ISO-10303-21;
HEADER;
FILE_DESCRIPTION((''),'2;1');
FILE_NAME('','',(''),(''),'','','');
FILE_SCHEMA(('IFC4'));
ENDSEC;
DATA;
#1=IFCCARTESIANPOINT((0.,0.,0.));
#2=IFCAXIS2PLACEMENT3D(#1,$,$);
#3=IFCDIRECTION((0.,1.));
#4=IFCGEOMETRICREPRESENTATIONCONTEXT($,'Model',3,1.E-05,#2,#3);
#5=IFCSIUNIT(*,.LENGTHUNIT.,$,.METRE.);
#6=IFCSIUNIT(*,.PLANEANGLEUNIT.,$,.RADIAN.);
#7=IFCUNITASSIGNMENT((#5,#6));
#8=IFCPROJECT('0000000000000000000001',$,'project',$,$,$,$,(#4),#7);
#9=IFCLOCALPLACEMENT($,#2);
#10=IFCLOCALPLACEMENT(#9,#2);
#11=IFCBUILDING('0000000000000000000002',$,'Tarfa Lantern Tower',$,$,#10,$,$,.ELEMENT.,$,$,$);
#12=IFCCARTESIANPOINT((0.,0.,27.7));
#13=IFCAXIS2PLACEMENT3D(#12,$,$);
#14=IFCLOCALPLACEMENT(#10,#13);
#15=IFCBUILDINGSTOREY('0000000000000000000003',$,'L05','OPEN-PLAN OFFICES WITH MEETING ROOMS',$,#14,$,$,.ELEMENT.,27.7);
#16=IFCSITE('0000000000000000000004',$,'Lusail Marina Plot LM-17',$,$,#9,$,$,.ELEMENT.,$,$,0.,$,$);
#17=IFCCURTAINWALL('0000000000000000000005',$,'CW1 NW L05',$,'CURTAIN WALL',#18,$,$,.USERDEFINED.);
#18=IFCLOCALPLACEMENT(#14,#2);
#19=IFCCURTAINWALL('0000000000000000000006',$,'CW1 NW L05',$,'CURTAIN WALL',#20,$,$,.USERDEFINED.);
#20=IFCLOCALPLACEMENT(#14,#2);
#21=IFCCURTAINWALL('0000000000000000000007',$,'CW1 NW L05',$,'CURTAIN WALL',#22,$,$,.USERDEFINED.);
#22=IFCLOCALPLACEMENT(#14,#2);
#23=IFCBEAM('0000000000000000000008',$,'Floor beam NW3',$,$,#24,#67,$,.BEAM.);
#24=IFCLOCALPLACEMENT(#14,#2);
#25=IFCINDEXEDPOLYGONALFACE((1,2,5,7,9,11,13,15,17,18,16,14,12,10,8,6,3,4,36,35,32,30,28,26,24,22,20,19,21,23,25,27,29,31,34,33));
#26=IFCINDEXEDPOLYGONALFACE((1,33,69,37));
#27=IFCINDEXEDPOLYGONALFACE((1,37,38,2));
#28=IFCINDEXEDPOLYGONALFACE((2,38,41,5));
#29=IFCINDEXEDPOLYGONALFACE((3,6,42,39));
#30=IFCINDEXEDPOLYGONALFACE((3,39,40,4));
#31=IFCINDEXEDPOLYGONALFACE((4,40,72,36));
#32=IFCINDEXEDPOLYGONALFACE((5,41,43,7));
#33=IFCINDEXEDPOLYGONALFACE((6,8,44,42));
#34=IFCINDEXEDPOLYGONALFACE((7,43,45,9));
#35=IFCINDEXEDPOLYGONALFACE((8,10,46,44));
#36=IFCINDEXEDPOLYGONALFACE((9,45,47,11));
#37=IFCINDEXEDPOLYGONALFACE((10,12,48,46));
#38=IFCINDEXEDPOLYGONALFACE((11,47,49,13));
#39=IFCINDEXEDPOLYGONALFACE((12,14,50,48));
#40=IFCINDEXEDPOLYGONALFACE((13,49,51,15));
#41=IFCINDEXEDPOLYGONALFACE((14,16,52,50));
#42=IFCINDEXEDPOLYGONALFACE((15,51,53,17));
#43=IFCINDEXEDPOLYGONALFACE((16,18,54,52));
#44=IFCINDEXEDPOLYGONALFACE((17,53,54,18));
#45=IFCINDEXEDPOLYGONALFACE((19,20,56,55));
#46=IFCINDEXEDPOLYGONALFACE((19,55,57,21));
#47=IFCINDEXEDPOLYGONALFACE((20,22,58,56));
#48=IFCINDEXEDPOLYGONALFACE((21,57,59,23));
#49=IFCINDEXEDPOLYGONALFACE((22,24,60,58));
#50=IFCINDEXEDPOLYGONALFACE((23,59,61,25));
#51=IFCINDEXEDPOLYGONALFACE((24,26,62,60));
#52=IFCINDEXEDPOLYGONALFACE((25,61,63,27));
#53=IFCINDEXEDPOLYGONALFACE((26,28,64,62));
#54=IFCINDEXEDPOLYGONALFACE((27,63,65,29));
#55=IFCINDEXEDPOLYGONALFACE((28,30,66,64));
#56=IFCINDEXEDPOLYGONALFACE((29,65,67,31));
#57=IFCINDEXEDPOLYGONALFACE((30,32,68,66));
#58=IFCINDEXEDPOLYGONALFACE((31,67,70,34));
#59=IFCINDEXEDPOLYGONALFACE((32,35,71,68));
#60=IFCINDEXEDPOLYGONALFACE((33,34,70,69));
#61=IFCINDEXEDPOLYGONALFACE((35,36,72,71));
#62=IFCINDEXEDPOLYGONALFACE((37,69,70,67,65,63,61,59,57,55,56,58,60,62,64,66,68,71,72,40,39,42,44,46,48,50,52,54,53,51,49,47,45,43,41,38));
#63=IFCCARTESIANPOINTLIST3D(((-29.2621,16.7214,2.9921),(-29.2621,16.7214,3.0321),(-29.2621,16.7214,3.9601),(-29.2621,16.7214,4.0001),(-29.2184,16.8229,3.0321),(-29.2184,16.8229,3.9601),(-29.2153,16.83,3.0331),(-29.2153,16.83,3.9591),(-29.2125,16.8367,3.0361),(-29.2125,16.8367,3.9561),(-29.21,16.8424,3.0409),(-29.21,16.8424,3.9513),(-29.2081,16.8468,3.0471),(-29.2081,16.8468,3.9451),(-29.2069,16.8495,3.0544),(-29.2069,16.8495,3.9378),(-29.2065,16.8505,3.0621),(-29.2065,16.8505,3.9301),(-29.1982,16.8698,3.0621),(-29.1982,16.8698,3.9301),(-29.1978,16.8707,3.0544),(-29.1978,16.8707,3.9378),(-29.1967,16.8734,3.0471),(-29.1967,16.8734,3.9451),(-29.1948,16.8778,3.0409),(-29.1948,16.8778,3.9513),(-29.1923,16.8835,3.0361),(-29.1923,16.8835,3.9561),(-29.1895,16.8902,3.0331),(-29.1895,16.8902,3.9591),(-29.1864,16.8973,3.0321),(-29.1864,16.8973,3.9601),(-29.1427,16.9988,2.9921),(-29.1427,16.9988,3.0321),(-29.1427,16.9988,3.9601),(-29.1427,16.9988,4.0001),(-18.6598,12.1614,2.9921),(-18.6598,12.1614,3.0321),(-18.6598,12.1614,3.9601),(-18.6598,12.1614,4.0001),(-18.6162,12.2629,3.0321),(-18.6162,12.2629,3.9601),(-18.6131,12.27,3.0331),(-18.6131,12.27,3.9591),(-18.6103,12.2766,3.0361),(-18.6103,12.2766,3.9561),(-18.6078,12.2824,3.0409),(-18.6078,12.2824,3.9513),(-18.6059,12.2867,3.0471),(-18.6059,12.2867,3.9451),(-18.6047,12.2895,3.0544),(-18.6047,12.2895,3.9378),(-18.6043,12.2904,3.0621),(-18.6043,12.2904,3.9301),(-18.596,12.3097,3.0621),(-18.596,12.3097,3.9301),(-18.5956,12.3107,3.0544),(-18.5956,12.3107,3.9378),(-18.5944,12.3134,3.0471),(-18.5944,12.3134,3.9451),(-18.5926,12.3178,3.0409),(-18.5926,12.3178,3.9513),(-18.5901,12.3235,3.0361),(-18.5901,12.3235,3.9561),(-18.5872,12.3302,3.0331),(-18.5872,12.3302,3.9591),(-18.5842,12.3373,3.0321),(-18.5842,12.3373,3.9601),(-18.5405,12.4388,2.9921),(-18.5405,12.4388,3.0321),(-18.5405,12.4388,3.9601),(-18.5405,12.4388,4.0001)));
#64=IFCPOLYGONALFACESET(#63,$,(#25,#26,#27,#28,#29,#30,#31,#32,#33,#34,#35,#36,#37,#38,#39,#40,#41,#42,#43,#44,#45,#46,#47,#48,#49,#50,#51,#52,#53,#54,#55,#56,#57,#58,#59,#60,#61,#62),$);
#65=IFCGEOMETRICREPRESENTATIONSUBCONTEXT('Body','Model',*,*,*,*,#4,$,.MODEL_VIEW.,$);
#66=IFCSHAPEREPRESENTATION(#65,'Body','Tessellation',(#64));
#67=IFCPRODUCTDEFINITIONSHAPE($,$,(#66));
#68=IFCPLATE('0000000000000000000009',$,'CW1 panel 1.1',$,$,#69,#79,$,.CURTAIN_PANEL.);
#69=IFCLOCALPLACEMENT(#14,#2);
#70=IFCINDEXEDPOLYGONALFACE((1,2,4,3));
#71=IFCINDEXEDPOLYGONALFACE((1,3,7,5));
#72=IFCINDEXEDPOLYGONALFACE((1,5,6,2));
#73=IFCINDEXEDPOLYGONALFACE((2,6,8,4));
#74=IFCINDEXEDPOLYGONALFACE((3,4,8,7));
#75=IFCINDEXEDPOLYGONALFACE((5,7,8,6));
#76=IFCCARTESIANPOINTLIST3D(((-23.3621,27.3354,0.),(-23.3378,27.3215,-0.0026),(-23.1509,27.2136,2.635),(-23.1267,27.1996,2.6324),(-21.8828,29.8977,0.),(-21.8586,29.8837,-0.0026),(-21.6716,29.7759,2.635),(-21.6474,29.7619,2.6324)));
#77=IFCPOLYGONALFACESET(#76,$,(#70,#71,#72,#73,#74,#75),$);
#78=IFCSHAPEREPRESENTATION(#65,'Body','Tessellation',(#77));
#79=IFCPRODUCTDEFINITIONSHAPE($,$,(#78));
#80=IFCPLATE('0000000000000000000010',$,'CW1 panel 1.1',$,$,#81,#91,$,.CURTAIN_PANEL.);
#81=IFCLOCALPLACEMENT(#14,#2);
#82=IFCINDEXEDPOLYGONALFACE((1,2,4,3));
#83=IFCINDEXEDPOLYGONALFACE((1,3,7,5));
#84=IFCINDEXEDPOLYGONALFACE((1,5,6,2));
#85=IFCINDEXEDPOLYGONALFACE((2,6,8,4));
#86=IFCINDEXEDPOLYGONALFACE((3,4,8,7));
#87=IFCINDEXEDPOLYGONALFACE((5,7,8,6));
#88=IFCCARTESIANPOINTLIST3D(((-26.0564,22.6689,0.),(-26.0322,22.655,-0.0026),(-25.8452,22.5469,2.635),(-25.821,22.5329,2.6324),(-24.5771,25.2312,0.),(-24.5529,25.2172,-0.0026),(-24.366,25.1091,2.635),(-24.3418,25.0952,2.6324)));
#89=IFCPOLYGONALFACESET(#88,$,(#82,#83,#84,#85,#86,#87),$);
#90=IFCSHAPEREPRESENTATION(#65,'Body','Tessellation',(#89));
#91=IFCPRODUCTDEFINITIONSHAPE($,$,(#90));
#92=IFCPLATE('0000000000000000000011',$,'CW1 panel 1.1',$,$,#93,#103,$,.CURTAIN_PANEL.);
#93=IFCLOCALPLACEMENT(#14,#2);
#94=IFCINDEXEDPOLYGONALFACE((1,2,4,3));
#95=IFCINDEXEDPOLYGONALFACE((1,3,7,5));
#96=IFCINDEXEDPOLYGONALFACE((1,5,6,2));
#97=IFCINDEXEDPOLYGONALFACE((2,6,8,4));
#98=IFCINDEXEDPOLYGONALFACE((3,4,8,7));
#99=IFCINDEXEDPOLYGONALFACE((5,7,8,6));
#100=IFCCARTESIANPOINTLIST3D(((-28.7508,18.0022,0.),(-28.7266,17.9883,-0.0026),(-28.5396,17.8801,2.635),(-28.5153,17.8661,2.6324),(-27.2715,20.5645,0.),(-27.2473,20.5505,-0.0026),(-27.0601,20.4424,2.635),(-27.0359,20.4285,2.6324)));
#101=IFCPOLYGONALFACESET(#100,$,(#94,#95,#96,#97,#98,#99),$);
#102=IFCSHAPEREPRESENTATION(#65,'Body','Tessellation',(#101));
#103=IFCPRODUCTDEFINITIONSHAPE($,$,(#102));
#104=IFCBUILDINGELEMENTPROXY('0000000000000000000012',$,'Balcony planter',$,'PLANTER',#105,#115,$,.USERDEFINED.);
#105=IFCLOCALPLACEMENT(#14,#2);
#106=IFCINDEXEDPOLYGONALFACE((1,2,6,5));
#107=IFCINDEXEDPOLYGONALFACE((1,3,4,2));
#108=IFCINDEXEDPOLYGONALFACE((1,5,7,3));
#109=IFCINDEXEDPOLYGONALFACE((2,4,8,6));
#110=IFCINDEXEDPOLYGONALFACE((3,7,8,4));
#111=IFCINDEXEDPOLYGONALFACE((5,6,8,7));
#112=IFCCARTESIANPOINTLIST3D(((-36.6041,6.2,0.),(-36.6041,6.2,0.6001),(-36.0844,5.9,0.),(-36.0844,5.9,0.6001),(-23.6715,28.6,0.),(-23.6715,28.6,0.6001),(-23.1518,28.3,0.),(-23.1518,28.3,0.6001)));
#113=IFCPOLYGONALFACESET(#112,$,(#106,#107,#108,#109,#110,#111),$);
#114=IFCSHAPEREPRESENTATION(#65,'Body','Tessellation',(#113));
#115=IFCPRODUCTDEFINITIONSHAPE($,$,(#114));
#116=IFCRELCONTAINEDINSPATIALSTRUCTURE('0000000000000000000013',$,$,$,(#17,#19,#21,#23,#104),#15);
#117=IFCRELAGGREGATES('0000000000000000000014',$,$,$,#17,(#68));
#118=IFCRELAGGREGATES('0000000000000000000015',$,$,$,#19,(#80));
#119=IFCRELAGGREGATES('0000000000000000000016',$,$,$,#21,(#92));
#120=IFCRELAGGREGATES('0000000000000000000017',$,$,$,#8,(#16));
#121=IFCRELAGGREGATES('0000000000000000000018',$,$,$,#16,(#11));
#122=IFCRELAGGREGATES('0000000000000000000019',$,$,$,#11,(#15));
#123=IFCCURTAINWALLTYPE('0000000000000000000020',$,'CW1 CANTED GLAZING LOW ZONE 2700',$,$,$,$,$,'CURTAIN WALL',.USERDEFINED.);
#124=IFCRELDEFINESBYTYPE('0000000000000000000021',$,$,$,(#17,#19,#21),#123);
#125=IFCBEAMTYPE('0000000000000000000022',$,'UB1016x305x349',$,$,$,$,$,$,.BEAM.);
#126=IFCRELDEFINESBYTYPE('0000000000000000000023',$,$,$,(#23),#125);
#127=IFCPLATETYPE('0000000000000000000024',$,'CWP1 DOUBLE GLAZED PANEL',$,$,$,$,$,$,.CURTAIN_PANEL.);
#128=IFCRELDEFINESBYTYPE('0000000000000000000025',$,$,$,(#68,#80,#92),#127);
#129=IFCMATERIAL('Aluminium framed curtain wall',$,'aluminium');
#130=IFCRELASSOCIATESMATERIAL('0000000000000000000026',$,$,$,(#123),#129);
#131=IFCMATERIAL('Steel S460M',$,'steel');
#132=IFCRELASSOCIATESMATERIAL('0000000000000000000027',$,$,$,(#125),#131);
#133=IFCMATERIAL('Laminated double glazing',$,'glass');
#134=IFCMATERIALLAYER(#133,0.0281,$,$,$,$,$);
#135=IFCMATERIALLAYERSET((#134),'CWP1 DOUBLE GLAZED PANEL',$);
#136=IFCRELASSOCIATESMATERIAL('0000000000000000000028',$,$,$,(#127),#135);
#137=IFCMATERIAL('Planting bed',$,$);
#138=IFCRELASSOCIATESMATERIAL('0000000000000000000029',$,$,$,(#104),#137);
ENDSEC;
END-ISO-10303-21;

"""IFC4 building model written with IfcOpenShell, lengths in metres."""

from ifc_helpers import new_model, si_unit, direction, frame, origin, origin_2d, place, context, subcontext, project, spatial, polyline, rectangle, i_section, outline, extrude, material, layer, layer_set, material_profile, profile_set, type_object, element, aggregate, save


model = new_model("IFC4")

# Units and contexts
model_context = context("Model", 3, precision=1e-05, world=origin(), true_north=direction((0.0, 1.0)))
body_context = subcontext(model_context, "Body", "Model", "MODEL_VIEW")
ifc_project = project(units=[si_unit("LENGTHUNIT", "METRE"), si_unit("PLANEANGLEUNIT", "RADIAN")], contexts=[model_context])

# Site, building, storey
site_placement = place(None, origin())
site = spatial("IfcSite", under=ifc_project, at=site_placement, Name="Lusail Marina Plot LM-17", CompositionType="ELEMENT", RefElevation=0.0)
building_placement = place(site_placement, origin())
building = spatial("IfcBuilding", under=site, at=building_placement, Name="Tarfa Lantern Tower", CompositionType="ELEMENT")
storey_placement = place(building_placement, frame((0.0, 0.0, 27.7)))
storey = spatial("IfcBuildingStorey", under=building, at=storey_placement, Name="L05", Description="OPEN-PLAN OFFICES WITH MEETING ROOMS", CompositionType="ELEMENT", Elevation=27.7)

# Curtain walls
ifc_material_1 = material(Name="Aluminium framed curtain wall", Category="aluminium")
curtain_wall_type = type_object("IfcCurtainWallType", Name="CW1 CANTED GLAZING LOW ZONE 2700", ElementType="CURTAIN WALL", PredefinedType="USERDEFINED", material=ifc_material_1)
curtain_wall_1_placement = place(storey_placement, origin())
curtain_wall_1 = element("IfcCurtainWall", 1, at=curtain_wall_1_placement, inside=storey, type_object=curtain_wall_type, Name="CW1 NW L05", ObjectType="CURTAIN WALL", PredefinedType="USERDEFINED")
curtain_wall_2_placement = place(storey_placement, origin())
curtain_wall_2 = element("IfcCurtainWall", 2, at=curtain_wall_2_placement, inside=storey, type_object=curtain_wall_type, Name="CW1 NW L05", ObjectType="CURTAIN WALL", PredefinedType="USERDEFINED")
curtain_wall_3_placement = place(storey_placement, origin())
curtain_wall_3 = element("IfcCurtainWall", 3, at=curtain_wall_3_placement, inside=storey, type_object=curtain_wall_type, Name="CW1 NW L05", ObjectType="CURTAIN WALL", PredefinedType="USERDEFINED")

# Beam
ifc_material_2 = material(Name="Steel S460M", Category="steel")
ifc_material_profile_1 = material_profile(ifc_material_2, i_section(OverallWidth=0.302, OverallDepth=1.0081, WebThickness=0.021, FlangeThickness=0.04, FilletRadius=0.03, at=origin_2d()), Name="UB1016x305x349")
ifc_profile_set_1 = profile_set([ifc_material_profile_1], Name="Steel S460M")
beam_type_1 = type_object("IfcBeamType", Name="UB1016x305x349", PredefinedType="BEAM", material=ifc_profile_set_1)
beam_1_placement = place(storey_placement, frame((-29.2024, 16.8601, 3.4961), z_axis=(0.918635, -0.395106, 0.0), x_axis=(0.395106, 0.918635, 0.0)))
element("IfcBeam", 4, at=beam_1_placement, inside=storey, type_object=beam_type_1, Name="Floor beam NW3", PredefinedType="BEAM", context=body_context, shape_type="SweptSolid", body=[
    extrude(i_section(OverallWidth=0.302, OverallDepth=1.0081, WebThickness=0.021, FlangeThickness=0.04, FilletRadius=0.03, at=origin_2d()), origin(), (0.0, 0.0, 1.0), 11.5413),
])

# Plates
ifc_material_3 = material(Name="Laminated double glazing", Category="glass")
ifc_layer = layer(ifc_material_3, 0.0281)
ifc_layer_set = layer_set([ifc_layer], Name="CWP1 DOUBLE GLAZED PANEL")
plate_type = type_object("IfcPlateType", Name="CWP1 DOUBLE GLAZED PANEL", PredefinedType="CURTAIN_PANEL", material=ifc_layer_set)
plate_1_placement = place(storey_placement, frame((-21.8828, 29.8977, 0.0), z_axis=(-0.862353, 0.497856, 0.092131), x_axis=(-0.499982, -0.866036, 0.0)))
plate_1 = element("IfcPlate", 5, at=plate_1_placement, type_object=plate_type, Name="CW1 panel 1.1", PredefinedType="CURTAIN_PANEL", context=body_context, shape_type="SweptSolid", body=[
    extrude(outline(polyline([(0.0, 0.0), (2.9586, 0.0), (2.9585, 2.6463), (-0.0001, 2.6463), (0.0, 0.0)])), origin(), (0.0, 0.0, -1.0), 0.0281),
])
aggregate(curtain_wall_1, [plate_1])
plate_2_placement = place(storey_placement, frame((-24.5771, 25.2312, 0.0), z_axis=(-0.862349, 0.497853, 0.092176), x_axis=(-0.499982, -0.866036, 0.0)))
plate_2 = element("IfcPlate", 6, at=plate_2_placement, type_object=plate_type, Name="CW1 panel 1.1", PredefinedType="CURTAIN_PANEL", context=body_context, shape_type="SweptSolid", body=[
    extrude(outline(polyline([(0.0, 0.0), (2.9586, 0.0), (2.9587, 2.6463), (0.0001, 2.6463), (0.0, 0.0)])), origin(), (0.0, 0.0, -1.0), 0.0281),
])
aggregate(curtain_wall_2, [plate_2])
plate_3_placement = place(storey_placement, frame((-27.2715, 20.5645, 0.0), z_axis=(-0.862328, 0.497882, 0.092216), x_axis=(-0.500013, -0.866018, 0.000003)))
plate_3 = element("IfcPlate", 7, at=plate_3_placement, type_object=plate_type, Name="CW1 panel 1.1", PredefinedType="CURTAIN_PANEL", context=body_context, shape_type="SweptSolid", body=[
    extrude(outline(polyline([(0.0, 0.0), (2.9586, 0.0), (2.9587, 2.6463), (0.0, 2.6463), (0.0, 0.0)])), origin(), (0.0, 0.0, -1.0), 0.0281),
])
aggregate(curtain_wall_3, [plate_3])

# Building element proxy
ifc_material_4 = material(Name="Planting bed")
proxy_placement = place(storey_placement, frame((-29.8779, 17.25, 0.0), z_axis=(0.0, 0.0, 1.0), x_axis=(-0.5, -0.866025, 0.0)))
element("IfcBuildingElementProxy", 8, at=proxy_placement, inside=storey, material=ifc_material_4, Name="Balcony planter", ObjectType="PLANTER", PredefinedType="USERDEFINED", context=body_context, shape_type="SweptSolid", body=[
    extrude(rectangle(XDim=25.8652, YDim=0.6001, at=origin_2d()), origin(), (0.0, 0.0, 1.0), 0.6001),
])

save(model, "model.ifc")
